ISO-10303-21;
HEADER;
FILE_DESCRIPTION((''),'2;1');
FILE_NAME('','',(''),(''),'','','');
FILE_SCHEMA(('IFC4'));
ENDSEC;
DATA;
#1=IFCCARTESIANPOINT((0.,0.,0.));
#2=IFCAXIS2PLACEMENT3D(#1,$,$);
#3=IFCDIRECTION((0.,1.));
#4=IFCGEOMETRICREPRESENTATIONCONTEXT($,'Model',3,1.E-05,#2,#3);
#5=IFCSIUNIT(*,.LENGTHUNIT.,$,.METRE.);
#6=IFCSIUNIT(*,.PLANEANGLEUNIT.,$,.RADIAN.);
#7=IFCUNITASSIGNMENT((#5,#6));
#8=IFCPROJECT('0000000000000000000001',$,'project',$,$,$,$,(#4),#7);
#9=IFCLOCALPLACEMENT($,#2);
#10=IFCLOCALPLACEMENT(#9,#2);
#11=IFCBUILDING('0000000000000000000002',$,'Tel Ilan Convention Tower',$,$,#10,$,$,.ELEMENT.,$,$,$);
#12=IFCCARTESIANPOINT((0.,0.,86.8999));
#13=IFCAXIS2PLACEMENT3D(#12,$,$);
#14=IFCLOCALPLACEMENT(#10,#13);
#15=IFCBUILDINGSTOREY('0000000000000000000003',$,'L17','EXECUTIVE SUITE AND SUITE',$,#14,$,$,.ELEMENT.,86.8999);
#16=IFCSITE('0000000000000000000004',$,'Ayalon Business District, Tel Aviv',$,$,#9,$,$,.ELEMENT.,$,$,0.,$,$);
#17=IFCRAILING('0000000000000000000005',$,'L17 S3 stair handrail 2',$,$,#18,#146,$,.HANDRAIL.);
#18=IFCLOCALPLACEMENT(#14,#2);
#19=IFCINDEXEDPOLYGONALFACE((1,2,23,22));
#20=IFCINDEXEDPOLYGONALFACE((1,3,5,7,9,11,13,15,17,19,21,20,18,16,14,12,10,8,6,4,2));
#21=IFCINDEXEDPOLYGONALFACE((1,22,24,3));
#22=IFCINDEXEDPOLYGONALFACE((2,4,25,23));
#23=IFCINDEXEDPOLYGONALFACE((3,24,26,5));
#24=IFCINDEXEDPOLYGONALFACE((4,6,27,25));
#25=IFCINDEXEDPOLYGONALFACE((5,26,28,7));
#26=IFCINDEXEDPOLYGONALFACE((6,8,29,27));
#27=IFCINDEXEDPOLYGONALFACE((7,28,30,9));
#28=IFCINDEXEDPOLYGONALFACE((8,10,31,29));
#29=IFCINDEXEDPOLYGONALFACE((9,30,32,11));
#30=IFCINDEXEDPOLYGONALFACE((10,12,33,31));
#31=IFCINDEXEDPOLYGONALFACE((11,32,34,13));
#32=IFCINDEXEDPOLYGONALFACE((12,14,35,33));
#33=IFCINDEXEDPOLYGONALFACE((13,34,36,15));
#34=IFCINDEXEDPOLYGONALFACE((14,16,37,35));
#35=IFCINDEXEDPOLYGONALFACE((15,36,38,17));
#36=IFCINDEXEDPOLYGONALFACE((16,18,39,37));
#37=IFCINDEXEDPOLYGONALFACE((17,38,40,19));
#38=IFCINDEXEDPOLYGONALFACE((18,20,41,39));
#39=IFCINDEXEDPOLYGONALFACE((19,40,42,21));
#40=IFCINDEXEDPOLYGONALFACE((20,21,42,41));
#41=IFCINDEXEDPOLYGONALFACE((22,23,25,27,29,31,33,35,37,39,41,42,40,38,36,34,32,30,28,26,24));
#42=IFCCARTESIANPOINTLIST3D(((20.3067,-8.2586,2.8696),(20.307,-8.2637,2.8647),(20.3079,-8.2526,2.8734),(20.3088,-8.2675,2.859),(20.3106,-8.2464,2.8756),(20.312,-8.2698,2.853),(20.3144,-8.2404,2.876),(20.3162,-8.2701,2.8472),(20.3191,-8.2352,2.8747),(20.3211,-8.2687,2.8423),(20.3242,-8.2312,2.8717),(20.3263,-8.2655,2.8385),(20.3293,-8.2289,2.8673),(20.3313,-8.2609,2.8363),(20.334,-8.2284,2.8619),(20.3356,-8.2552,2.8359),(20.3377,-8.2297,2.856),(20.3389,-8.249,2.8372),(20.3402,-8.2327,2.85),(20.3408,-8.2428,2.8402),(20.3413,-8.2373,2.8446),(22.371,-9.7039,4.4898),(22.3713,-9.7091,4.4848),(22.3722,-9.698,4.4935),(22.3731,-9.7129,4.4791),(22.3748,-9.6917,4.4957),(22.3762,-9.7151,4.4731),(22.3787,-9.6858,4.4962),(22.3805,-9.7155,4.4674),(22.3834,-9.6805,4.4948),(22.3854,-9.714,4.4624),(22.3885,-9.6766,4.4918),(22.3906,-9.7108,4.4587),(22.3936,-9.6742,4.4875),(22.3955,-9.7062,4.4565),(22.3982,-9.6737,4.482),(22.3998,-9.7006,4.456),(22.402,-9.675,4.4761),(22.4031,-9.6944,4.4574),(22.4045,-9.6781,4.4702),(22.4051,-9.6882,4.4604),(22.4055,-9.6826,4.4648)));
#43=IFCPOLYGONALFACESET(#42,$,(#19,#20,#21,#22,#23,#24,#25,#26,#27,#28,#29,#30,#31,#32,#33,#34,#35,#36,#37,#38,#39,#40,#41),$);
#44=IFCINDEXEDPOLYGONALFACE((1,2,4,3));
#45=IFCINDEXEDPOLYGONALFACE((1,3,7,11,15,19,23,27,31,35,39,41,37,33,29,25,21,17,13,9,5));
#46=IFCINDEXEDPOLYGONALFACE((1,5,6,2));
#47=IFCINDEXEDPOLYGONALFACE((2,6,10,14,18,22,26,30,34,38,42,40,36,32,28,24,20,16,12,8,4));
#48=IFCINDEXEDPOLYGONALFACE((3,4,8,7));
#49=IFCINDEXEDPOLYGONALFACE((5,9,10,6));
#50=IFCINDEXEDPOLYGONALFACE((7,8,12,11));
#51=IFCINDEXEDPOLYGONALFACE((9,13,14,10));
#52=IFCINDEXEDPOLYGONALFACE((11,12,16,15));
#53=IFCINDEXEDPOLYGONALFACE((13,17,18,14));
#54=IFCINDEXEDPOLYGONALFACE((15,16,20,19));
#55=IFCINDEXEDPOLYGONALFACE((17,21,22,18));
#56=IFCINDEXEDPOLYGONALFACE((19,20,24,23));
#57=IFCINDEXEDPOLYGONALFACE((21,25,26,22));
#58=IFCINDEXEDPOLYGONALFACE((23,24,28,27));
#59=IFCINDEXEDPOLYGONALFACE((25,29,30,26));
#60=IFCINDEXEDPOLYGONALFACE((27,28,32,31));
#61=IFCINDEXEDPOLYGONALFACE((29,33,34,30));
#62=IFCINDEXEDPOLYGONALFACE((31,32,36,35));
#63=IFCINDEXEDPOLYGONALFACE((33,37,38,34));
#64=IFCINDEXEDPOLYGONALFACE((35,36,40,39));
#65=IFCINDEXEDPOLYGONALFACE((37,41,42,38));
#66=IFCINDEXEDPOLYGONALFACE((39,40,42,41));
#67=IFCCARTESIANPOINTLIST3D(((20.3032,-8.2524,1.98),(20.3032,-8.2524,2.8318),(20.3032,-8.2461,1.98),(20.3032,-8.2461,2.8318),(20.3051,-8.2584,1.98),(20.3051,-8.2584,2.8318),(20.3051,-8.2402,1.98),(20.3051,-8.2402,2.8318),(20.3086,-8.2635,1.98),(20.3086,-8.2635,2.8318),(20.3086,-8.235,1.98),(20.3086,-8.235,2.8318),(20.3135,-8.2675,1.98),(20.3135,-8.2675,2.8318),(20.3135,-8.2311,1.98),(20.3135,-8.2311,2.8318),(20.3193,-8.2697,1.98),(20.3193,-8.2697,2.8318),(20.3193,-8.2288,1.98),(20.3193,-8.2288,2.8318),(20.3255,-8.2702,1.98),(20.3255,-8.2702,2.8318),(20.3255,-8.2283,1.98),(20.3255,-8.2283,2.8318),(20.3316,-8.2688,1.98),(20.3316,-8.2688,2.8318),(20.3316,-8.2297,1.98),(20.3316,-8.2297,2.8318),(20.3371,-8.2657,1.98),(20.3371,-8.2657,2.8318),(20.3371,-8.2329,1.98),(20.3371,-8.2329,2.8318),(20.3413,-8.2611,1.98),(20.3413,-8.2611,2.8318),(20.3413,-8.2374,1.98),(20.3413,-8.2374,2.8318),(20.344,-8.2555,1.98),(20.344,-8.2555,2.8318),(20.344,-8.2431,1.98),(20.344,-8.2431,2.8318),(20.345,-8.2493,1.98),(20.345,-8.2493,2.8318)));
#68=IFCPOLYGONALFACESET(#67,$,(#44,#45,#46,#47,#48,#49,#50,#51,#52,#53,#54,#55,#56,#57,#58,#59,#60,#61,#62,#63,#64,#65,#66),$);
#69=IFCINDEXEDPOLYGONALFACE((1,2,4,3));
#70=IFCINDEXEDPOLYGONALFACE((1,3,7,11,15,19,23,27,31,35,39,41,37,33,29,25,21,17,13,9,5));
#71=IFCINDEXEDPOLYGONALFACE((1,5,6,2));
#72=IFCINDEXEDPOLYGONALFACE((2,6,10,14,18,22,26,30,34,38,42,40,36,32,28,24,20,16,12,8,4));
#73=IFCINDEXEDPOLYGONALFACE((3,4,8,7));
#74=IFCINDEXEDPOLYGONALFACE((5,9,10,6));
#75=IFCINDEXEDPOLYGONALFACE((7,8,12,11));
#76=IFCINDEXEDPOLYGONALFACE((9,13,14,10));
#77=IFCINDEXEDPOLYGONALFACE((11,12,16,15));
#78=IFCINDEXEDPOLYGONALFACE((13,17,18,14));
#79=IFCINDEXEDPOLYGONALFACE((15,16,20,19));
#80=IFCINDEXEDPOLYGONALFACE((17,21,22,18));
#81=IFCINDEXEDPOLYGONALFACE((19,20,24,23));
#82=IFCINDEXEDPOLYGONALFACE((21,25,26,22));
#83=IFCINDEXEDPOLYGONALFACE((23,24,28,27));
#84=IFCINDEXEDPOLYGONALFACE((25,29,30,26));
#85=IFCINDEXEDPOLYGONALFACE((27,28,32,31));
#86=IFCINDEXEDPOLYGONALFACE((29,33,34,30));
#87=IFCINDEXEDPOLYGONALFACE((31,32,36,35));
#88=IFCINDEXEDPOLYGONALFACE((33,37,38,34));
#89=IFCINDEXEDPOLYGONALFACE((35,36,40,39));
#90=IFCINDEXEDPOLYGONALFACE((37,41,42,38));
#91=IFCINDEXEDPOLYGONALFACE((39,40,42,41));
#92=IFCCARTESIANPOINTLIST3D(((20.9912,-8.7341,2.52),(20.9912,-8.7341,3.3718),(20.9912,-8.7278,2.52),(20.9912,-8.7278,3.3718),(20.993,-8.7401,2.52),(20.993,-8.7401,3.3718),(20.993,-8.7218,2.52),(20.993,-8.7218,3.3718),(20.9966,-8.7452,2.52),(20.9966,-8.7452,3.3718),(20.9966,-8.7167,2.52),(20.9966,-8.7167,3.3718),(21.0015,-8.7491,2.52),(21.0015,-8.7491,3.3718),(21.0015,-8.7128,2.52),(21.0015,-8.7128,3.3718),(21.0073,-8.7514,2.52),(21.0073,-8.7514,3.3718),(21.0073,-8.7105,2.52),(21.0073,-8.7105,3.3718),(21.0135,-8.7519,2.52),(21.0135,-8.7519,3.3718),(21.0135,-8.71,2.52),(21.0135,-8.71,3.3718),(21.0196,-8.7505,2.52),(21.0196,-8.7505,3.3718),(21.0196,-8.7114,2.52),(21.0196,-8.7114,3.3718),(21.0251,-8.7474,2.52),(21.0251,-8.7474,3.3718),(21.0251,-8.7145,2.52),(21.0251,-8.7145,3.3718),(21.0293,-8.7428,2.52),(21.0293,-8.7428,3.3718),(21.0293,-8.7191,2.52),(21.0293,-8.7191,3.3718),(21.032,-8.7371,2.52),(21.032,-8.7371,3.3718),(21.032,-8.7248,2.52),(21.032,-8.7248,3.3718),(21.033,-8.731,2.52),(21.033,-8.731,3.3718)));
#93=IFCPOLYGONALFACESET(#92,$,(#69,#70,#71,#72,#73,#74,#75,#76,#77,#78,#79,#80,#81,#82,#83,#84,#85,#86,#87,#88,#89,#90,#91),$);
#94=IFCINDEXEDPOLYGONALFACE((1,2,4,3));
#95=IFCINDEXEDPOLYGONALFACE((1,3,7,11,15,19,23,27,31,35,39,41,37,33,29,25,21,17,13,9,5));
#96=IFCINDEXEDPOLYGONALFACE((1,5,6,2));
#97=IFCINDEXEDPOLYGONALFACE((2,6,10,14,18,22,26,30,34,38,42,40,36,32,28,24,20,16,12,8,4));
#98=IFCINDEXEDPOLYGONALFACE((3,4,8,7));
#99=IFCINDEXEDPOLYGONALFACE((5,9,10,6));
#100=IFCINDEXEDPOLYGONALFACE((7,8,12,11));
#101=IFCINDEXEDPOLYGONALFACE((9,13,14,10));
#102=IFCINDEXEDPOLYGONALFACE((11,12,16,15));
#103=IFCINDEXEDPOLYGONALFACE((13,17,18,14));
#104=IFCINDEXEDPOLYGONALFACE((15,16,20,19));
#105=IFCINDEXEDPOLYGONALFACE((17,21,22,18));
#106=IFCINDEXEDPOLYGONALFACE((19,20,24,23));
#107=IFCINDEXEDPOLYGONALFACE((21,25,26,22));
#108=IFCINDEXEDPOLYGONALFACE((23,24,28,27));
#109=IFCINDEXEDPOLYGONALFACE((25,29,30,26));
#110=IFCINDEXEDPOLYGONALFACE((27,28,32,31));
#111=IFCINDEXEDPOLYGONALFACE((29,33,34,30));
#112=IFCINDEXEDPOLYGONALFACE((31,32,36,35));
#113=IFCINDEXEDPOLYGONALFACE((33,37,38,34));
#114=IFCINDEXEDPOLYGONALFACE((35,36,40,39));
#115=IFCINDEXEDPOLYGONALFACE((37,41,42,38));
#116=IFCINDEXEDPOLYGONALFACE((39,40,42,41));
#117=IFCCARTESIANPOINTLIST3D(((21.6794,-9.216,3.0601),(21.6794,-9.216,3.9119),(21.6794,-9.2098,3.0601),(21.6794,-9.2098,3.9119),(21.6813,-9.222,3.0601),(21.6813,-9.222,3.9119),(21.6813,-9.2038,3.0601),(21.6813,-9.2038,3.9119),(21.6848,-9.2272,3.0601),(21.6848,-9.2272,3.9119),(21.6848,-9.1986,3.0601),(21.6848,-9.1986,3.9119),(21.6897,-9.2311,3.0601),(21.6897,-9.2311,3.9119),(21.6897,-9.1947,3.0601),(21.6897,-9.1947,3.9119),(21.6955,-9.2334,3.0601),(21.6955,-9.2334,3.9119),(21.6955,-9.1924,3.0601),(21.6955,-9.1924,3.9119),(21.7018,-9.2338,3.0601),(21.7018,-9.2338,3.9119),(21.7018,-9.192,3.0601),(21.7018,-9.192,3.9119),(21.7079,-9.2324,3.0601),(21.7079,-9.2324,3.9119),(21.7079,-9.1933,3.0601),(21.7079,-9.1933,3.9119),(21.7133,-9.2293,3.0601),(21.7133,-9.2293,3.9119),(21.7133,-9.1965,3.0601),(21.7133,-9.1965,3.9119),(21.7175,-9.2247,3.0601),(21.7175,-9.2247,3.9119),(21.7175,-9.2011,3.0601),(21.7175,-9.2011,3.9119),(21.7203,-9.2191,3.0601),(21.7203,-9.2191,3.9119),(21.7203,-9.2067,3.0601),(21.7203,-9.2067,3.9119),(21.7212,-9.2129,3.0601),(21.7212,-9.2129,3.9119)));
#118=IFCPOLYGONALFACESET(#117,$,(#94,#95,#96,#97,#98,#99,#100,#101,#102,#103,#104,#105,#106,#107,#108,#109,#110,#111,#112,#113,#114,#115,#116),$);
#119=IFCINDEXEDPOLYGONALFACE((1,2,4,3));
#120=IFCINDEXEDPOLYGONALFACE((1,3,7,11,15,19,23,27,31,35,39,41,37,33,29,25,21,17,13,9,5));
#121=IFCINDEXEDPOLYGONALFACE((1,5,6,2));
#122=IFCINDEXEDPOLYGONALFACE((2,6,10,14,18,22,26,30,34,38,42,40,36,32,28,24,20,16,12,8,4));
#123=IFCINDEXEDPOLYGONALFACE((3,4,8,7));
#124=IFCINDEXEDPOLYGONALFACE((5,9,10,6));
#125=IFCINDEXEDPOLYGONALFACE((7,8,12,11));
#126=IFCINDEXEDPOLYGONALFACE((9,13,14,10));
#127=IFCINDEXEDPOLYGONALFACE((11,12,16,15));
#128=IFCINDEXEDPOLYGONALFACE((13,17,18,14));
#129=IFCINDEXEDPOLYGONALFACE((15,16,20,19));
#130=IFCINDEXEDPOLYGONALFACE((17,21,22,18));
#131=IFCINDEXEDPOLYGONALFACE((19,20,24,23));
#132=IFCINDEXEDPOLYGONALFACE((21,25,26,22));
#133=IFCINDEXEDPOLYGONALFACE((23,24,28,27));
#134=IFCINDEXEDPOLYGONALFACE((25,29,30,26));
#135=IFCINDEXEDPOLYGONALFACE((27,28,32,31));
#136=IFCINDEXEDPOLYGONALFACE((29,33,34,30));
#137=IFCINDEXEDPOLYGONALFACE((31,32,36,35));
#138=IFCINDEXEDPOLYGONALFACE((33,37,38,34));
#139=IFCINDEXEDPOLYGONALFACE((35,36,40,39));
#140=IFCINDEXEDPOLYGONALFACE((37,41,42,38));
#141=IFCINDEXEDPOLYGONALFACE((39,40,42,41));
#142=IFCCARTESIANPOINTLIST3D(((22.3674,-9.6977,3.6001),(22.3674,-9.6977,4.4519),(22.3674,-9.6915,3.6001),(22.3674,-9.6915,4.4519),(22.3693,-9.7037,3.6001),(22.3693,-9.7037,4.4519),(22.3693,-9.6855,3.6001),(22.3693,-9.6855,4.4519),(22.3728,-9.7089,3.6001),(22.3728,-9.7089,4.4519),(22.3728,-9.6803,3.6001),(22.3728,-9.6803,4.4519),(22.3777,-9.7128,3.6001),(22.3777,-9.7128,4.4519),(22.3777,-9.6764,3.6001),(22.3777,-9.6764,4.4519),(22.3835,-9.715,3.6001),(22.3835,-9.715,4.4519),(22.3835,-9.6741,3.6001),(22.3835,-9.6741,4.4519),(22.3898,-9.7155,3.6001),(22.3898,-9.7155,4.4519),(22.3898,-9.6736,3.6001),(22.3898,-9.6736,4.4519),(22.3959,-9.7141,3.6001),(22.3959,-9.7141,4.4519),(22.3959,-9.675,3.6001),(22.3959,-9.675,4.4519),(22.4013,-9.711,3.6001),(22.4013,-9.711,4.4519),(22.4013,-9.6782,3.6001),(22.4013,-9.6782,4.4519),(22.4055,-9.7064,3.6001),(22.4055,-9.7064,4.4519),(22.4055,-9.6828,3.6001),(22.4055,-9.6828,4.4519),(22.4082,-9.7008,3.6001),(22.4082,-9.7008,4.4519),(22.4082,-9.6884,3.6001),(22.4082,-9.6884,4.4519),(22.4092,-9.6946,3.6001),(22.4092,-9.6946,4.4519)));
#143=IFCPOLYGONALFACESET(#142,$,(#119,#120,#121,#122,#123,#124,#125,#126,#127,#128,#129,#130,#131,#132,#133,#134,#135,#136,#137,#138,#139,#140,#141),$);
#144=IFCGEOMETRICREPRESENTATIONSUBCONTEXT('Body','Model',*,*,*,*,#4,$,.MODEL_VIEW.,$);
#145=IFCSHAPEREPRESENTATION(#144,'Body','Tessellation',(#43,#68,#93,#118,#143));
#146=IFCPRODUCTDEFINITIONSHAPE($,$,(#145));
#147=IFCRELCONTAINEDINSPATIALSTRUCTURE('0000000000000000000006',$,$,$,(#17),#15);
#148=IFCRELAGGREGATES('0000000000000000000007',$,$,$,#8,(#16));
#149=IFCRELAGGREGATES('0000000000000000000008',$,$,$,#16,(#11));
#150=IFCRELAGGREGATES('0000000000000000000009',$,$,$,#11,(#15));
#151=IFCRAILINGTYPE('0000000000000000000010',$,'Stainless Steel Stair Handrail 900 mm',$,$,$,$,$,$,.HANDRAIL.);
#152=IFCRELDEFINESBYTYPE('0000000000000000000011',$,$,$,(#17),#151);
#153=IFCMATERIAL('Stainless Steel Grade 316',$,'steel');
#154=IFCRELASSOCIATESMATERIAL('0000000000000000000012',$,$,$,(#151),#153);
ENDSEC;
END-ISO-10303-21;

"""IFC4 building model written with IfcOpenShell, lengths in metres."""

from ifc_helpers import new_model, si_unit, direction, frame, origin, origin_2d, place, context, subcontext, project, spatial, circle, extrude, material, type_object, element, save


model = new_model("IFC4")

# Units and contexts
model_context = context("Model", 3, precision=1e-05, world=origin(), true_north=direction((0.0, 1.0)))
body_context = subcontext(model_context, "Body", "Model", "MODEL_VIEW")
ifc_project = project(units=[si_unit("LENGTHUNIT", "METRE"), si_unit("PLANEANGLEUNIT", "RADIAN")], contexts=[model_context])

# Site, building, storey
site_placement = place(None, origin())
site = spatial("IfcSite", under=ifc_project, at=site_placement, Name="Ayalon Business District, Tel Aviv", CompositionType="ELEMENT", RefElevation=0.0)
building_placement = place(site_placement, origin())
building = spatial("IfcBuilding", under=site, at=building_placement, Name="Tel Ilan Convention Tower", CompositionType="ELEMENT")
storey_placement = place(building_placement, frame((0.0, 0.0, 86.8999)))
storey = spatial("IfcBuildingStorey", under=building, at=storey_placement, Name="L17", Description="EXECUTIVE SUITE AND SUITE", CompositionType="ELEMENT", Elevation=86.8999)

# Railing
ifc_material_1 = material(Name="Stainless Steel Grade 316", Category="steel")
railing_type_1 = type_object("IfcRailingType", Name="Stainless Steel Stair Handrail 900 mm", PredefinedType="HANDRAIL", material=ifc_material_1)
railing_1_placement = place(storey_placement, frame((20.324, -8.2493, 1.98)))
element("IfcRailing", 1, at=railing_1_placement, inside=storey, type_object=railing_type_1, Name="L17 S3 stair handrail 2", PredefinedType="HANDRAIL", context=body_context, shape_type="SweptSolid", body=[
    extrude(circle(Radius=0.0239, at=origin_2d()), frame((0.0, 0.0, 0.876), z_axis=(0.68904, -0.48245, 0.540801), x_axis=(0.57356, 0.819164, 0.0)), (0.0, 0.0, 1.0), 2.9958),
    extrude(circle(Radius=0.021, at=origin_2d()), origin(), (0.0, 0.0, 1.0), 0.8518),
    extrude(circle(Radius=0.021, at=origin_2d()), frame((0.688, -0.4817, 0.54)), (0.0, 0.0, 1.0), 0.8518),
    extrude(circle(Radius=0.021, at=origin_2d()), frame((1.3762, -0.9636, 1.0801)), (0.0, 0.0, 1.0), 0.8518),
    extrude(circle(Radius=0.021, at=origin_2d()), frame((2.0642, -1.4453, 1.6201)), (0.0, 0.0, 1.0), 0.8518),
])

save(model, "model.ifc")
